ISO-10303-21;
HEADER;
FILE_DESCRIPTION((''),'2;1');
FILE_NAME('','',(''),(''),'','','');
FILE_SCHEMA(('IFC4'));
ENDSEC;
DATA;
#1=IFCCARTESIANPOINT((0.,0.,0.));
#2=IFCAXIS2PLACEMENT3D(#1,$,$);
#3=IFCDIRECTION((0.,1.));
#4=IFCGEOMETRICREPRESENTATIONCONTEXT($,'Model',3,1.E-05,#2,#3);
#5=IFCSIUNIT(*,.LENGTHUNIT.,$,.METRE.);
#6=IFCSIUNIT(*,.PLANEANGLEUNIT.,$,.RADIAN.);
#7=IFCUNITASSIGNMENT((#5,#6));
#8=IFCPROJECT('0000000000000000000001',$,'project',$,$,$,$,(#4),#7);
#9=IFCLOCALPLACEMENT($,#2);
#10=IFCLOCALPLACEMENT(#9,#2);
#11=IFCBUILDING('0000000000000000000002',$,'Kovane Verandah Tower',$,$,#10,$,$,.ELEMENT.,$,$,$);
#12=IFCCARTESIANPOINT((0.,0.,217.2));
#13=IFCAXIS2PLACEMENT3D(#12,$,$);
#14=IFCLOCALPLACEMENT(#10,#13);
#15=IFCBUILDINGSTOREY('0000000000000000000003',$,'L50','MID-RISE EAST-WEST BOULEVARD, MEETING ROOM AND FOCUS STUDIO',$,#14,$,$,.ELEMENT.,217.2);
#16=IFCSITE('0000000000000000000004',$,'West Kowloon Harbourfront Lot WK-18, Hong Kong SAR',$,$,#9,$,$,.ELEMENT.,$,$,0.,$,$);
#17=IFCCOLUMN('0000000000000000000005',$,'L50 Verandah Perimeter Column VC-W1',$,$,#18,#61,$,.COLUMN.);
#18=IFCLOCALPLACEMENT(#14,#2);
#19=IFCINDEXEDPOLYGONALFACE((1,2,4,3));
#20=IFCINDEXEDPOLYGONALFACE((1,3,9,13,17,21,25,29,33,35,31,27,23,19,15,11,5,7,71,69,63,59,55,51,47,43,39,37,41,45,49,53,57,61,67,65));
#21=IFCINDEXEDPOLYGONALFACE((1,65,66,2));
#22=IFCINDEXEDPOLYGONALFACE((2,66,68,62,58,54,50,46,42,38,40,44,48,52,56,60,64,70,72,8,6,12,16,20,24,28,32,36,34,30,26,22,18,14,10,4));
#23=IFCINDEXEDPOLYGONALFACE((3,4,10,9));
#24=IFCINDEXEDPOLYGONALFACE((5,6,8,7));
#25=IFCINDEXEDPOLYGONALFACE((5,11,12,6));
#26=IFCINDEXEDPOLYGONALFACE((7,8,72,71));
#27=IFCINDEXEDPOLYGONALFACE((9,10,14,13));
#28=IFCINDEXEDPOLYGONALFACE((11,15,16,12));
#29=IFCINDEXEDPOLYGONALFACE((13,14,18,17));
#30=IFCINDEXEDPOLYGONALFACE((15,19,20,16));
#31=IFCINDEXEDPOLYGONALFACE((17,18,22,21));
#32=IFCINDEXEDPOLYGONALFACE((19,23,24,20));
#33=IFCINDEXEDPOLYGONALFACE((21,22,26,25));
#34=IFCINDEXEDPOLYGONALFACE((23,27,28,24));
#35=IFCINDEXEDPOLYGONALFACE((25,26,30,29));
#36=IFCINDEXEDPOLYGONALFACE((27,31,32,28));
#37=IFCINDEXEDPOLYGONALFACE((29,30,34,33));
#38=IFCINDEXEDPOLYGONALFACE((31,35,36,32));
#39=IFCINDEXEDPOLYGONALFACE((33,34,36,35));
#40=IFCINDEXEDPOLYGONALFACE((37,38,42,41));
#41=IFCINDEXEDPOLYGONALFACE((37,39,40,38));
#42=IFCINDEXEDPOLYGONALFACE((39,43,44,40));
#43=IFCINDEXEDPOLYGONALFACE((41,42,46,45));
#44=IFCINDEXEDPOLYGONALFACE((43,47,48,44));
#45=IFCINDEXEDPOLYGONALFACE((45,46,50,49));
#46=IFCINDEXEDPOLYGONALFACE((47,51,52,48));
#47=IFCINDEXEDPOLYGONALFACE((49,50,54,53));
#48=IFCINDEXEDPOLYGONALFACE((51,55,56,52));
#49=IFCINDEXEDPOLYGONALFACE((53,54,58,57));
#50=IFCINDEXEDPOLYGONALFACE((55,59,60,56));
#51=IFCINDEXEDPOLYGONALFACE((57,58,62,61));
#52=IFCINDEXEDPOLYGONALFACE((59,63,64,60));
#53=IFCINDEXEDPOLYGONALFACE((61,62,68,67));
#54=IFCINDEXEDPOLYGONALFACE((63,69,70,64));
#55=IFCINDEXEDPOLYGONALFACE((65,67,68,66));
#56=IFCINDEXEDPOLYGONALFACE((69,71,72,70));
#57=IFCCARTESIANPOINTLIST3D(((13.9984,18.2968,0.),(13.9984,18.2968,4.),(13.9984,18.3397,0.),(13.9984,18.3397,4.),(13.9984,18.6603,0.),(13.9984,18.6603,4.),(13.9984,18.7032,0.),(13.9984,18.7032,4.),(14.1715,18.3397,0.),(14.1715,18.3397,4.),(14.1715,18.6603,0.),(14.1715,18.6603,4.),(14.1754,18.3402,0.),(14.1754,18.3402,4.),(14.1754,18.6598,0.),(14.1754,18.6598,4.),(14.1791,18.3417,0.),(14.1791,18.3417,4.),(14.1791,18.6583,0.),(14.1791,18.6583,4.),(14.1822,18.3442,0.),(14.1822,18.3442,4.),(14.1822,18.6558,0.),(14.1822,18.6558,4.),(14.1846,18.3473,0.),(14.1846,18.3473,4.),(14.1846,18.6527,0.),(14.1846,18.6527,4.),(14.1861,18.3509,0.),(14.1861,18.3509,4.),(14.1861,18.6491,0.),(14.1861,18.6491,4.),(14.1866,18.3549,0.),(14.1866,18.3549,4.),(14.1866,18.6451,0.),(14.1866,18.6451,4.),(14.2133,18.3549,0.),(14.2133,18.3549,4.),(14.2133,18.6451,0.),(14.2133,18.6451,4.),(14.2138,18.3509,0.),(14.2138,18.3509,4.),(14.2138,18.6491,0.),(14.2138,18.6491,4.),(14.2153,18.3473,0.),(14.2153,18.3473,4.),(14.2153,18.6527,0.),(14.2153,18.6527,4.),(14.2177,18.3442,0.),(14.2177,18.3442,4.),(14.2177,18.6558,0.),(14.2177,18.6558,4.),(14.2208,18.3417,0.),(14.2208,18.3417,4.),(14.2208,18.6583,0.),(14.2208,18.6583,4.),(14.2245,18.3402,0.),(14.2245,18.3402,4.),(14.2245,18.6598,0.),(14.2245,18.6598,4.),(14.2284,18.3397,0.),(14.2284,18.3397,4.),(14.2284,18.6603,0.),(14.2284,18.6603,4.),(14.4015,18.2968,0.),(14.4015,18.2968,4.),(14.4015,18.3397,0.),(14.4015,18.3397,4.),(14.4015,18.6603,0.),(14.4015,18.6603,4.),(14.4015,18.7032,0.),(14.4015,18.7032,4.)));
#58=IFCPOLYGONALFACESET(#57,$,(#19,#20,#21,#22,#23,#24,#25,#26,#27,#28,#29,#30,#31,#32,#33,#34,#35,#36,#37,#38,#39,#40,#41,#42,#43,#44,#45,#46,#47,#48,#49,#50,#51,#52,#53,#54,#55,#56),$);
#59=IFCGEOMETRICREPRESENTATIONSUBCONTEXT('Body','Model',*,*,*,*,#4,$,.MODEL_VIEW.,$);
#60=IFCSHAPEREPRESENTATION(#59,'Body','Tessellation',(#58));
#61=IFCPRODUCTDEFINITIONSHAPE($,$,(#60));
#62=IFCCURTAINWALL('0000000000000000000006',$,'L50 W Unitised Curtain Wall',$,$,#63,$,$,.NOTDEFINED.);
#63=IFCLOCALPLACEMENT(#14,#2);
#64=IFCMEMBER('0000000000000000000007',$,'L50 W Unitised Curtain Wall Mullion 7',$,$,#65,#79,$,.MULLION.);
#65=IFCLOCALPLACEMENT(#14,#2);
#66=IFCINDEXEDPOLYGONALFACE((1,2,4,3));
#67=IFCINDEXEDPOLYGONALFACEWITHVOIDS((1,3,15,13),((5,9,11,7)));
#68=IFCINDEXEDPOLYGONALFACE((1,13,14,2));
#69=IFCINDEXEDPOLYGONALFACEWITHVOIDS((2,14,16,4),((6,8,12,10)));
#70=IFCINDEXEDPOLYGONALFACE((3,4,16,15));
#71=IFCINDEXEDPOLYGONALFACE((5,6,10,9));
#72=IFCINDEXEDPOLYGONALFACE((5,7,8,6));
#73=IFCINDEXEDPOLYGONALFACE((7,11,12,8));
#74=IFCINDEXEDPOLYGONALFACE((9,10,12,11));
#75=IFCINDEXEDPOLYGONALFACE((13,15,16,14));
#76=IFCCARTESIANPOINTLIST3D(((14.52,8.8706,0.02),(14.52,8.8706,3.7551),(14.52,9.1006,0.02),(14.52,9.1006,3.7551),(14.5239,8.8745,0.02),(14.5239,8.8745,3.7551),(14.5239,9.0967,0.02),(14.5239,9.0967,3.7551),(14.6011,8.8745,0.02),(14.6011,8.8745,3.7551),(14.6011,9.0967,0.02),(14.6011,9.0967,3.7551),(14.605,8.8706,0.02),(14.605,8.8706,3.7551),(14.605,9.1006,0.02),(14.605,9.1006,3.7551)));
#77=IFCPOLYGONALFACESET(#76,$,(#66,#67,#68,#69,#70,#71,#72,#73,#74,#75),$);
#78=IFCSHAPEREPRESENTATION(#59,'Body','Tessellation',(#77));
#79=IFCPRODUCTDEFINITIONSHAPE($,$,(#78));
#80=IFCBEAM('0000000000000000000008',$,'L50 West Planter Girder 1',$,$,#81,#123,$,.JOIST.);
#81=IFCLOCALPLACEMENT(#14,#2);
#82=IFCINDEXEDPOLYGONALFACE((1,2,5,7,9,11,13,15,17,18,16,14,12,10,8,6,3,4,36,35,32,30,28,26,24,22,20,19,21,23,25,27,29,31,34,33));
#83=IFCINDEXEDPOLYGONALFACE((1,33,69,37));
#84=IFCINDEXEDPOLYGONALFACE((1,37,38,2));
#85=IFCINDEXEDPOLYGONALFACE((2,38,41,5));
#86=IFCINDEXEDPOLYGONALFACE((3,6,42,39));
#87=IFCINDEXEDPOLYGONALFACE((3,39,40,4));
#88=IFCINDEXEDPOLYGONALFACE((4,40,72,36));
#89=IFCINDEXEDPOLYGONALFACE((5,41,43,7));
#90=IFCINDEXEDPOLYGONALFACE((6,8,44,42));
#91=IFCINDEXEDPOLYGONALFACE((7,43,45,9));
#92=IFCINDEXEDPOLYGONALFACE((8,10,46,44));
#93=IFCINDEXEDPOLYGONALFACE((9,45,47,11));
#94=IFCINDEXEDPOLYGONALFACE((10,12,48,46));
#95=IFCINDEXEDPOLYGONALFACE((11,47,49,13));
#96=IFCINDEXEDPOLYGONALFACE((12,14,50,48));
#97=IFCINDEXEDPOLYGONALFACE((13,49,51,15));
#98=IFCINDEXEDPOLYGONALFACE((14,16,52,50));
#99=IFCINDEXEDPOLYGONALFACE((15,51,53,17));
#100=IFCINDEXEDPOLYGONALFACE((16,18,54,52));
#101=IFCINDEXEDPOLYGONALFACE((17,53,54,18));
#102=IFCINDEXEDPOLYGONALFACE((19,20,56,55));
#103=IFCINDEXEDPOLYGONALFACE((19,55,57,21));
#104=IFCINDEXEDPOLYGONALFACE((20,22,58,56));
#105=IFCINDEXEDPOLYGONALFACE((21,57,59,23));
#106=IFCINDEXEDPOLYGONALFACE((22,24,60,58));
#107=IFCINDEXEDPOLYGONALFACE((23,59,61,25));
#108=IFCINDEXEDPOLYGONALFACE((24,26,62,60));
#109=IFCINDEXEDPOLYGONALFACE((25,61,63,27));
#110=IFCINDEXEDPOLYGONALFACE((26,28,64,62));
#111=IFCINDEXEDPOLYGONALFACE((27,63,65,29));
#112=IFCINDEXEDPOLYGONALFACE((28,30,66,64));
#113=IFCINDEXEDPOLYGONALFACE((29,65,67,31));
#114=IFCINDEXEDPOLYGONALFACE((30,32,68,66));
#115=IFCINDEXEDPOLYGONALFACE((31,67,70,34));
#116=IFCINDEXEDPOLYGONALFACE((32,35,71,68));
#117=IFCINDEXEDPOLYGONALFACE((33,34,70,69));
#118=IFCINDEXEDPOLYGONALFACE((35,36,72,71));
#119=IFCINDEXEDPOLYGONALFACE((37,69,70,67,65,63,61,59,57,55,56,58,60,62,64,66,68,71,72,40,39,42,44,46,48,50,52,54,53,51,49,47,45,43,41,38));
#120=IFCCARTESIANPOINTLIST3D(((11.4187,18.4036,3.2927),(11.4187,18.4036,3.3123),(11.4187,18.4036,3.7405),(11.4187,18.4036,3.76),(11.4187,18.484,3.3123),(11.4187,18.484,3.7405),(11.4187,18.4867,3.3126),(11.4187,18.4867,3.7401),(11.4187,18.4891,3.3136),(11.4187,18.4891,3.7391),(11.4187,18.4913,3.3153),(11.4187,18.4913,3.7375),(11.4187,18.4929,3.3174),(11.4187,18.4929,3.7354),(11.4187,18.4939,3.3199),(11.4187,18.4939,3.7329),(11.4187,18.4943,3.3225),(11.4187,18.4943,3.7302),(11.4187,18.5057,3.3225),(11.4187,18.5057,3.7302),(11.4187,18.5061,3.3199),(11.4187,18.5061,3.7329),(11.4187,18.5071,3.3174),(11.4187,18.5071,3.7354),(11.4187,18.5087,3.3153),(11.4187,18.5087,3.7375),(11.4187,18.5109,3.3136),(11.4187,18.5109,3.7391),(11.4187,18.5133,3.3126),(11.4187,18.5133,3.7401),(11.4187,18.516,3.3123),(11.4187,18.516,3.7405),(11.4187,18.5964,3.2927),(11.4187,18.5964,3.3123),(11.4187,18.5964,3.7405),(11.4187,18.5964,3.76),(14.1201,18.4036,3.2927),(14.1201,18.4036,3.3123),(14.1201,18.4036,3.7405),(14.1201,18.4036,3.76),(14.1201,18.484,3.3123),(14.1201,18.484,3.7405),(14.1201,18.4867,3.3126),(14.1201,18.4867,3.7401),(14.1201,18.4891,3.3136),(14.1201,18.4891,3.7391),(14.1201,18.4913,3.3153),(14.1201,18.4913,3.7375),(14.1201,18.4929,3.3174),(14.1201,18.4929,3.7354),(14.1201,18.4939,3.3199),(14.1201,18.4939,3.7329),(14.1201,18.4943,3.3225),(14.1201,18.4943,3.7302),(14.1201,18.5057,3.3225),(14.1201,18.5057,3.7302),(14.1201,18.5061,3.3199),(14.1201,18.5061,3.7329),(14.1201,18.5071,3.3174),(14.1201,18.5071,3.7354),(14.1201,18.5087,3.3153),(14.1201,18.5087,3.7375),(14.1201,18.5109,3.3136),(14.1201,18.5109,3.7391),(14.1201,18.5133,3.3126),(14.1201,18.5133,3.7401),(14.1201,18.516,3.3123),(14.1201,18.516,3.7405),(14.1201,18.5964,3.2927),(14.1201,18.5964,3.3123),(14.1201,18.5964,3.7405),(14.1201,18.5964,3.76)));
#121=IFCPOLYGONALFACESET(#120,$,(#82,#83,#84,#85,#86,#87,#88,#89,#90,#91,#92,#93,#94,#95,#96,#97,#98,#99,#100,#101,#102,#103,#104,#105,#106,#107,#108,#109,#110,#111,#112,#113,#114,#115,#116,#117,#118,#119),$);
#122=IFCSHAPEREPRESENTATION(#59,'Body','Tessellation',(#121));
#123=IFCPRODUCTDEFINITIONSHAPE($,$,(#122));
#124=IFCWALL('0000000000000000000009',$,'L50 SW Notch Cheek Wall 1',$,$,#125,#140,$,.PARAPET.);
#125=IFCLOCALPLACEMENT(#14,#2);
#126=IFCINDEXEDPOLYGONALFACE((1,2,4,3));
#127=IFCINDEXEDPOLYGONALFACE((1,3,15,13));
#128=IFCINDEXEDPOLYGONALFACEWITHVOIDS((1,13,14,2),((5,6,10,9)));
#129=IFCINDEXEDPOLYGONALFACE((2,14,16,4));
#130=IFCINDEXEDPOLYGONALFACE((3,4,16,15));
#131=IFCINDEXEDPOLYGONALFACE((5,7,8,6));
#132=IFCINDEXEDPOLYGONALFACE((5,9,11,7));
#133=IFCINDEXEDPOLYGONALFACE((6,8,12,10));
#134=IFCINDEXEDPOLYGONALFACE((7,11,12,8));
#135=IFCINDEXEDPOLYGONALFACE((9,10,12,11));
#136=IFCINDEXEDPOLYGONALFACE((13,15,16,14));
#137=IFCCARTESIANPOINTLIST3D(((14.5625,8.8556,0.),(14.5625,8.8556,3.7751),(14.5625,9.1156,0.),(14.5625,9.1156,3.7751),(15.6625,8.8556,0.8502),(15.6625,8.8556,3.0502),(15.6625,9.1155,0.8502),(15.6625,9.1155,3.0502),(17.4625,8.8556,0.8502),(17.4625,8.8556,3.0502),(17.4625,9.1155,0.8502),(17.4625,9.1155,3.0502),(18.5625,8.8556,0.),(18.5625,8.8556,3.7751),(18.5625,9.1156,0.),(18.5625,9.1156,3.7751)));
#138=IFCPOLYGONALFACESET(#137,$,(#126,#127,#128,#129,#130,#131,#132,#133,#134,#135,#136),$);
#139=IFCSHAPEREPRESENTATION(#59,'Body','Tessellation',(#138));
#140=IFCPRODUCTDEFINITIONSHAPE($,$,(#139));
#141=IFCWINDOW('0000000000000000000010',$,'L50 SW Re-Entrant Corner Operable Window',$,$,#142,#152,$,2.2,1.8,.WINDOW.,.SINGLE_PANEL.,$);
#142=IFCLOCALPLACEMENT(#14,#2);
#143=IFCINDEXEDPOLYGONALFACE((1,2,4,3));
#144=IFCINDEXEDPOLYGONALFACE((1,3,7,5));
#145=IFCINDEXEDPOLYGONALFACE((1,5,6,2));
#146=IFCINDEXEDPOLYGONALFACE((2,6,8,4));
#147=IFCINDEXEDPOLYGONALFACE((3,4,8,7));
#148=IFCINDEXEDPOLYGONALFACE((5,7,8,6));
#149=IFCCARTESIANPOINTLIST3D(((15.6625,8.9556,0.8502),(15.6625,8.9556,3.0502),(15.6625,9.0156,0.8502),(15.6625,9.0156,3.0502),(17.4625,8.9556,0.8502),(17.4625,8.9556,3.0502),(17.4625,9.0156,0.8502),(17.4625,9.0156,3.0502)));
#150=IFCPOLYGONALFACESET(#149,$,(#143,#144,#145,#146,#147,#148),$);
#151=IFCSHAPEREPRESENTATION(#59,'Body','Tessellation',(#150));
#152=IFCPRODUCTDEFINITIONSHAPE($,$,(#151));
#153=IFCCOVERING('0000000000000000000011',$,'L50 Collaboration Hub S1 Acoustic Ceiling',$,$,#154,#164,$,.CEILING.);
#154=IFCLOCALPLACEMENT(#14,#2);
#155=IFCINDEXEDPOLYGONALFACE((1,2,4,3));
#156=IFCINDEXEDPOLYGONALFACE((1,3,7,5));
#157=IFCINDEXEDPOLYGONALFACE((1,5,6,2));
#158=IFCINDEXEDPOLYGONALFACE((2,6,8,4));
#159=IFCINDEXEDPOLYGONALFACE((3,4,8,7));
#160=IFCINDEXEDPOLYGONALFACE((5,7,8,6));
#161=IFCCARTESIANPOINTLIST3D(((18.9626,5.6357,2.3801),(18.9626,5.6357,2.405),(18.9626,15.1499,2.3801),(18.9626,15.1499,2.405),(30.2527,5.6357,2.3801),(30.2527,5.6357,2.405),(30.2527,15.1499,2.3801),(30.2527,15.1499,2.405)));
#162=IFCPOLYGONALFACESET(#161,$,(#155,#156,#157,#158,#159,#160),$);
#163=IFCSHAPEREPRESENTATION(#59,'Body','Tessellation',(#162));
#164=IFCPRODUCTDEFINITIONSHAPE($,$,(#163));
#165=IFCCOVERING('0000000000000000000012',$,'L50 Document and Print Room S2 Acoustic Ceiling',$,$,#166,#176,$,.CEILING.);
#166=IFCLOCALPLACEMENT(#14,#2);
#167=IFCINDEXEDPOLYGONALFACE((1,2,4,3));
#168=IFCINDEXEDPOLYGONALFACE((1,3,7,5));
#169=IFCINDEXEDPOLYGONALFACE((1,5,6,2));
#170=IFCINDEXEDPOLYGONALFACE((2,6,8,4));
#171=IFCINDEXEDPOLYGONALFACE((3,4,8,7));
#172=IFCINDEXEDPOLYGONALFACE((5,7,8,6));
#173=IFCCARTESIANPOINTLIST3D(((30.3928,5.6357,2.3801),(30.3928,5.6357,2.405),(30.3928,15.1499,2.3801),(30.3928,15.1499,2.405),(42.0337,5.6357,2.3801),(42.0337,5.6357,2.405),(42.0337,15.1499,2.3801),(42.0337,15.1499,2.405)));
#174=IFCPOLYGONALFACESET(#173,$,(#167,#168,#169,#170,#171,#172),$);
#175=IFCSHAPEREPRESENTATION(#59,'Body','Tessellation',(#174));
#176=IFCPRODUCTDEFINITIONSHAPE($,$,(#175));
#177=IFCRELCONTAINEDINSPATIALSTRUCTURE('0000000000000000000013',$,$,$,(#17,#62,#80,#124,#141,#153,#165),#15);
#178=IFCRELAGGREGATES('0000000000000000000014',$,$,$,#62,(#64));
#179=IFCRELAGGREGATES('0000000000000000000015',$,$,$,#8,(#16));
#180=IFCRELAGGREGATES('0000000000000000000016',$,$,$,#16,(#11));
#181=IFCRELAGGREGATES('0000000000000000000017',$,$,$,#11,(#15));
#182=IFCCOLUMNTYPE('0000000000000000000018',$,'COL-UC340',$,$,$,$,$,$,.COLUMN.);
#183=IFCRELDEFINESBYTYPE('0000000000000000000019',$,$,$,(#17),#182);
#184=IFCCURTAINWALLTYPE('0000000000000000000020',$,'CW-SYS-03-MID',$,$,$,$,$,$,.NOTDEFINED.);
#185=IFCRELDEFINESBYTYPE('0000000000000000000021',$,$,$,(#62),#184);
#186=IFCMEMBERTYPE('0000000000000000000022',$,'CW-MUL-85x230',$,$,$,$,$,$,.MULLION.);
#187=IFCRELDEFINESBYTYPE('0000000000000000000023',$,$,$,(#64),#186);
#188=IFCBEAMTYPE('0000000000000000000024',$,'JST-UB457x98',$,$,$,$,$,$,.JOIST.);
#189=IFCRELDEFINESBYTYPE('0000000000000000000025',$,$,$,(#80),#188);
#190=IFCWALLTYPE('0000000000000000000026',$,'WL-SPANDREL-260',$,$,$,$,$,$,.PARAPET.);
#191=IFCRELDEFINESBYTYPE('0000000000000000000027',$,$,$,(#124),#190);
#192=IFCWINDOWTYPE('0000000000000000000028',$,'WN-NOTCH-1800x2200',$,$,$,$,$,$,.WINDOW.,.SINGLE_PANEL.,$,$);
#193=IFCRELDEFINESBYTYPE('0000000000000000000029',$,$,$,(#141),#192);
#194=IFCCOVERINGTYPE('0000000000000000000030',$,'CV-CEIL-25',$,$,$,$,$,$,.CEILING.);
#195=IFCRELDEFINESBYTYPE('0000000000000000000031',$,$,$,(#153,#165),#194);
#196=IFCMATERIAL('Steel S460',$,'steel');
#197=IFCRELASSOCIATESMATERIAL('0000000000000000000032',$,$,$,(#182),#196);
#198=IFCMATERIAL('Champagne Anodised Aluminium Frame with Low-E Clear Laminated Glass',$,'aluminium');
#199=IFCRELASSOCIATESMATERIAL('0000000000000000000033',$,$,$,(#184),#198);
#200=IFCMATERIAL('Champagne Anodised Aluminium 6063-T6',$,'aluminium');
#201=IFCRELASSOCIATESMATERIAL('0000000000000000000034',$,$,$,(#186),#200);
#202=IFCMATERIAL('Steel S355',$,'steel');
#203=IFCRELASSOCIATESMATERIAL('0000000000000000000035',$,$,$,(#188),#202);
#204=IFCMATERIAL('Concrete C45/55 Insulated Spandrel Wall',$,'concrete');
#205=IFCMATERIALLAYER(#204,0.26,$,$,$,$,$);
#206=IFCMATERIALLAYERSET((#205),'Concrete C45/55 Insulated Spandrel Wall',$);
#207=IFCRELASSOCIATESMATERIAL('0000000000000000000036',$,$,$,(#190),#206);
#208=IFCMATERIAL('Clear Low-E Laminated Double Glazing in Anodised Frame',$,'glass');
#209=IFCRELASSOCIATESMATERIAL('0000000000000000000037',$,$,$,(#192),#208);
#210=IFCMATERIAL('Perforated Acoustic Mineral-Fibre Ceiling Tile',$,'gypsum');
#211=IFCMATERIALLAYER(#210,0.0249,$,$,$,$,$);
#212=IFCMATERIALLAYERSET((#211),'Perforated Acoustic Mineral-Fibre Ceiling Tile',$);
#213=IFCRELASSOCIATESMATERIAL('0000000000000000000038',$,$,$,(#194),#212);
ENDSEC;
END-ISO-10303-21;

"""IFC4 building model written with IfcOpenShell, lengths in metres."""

from ifc_helpers import new_model, si_unit, direction, frame, frame_2d, origin, origin_2d, place, context, subcontext, project, spatial, polyline, rectangle, hollow_rectangle, i_section, outline, extrude, material, layer, layer_set, material_profile, profile_set, type_object, element, fill, aggregate, save


model = new_model("IFC4")

# Units and contexts
model_context = context("Model", 3, precision=1e-05, world=origin(), true_north=direction((0.0, 1.0)))
body_context = subcontext(model_context, "Body", "Model", "MODEL_VIEW")
ifc_project = project(units=[si_unit("LENGTHUNIT", "METRE"), si_unit("PLANEANGLEUNIT", "RADIAN")], contexts=[model_context])

# Site, building, storey
site_placement = place(None, origin())
site = spatial("IfcSite", under=ifc_project, at=site_placement, Name="West Kowloon Harbourfront Lot WK-18, Hong Kong SAR", CompositionType="ELEMENT", RefElevation=0.0)
building_placement = place(site_placement, origin())
building = spatial("IfcBuilding", under=site, at=building_placement, Name="Kovane Verandah Tower", CompositionType="ELEMENT")
storey_placement = place(building_placement, frame((0.0, 0.0, 217.2)))
storey = spatial("IfcBuildingStorey", under=building, at=storey_placement, Name="L50", Description="MID-RISE EAST-WEST BOULEVARD, MEETING ROOM AND FOCUS STUDIO", CompositionType="ELEMENT", Elevation=217.2)

# Column
ifc_material_1 = material(Name="Steel S460", Category="steel")
ifc_material_profile_1 = material_profile(ifc_material_1, i_section(OverallWidth=0.4031, OverallDepth=0.4065, WebThickness=0.0266, FlangeThickness=0.043, FilletRadius=0.0151, at=origin_2d()), Name="UC356x406x340")
ifc_profile_set_1 = profile_set([ifc_material_profile_1], Name="Steel S460")
column_type = type_object("IfcColumnType", Name="COL-UC340", PredefinedType="COLUMN", material=ifc_profile_set_1)
column_placement = place(storey_placement, frame((14.2, 18.5, 0.0), z_axis=(0.0, 0.0, 1.0), x_axis=(1.0, 0.0, 0.0)))
element("IfcColumn", 1, at=column_placement, inside=storey, type_object=column_type, Name="L50 Verandah Perimeter Column VC-W1", PredefinedType="COLUMN", context=body_context, shape_type="SweptSolid", body=[
    extrude(i_section(OverallWidth=0.4031, OverallDepth=0.4065, WebThickness=0.0266, FlangeThickness=0.043, FilletRadius=0.0151, at=origin_2d()), origin(), (0.0, 0.0, 1.0), 4.0),
])

# Curtain wall, member
ifc_material_2 = material(Name="Champagne Anodised Aluminium Frame with Low-E Clear Laminated Glass", Category="aluminium")
curtain_wall_type = type_object("IfcCurtainWallType", Name="CW-SYS-03-MID", PredefinedType="NOTDEFINED", material=ifc_material_2)
curtain_wall_placement = place(storey_placement, origin())
curtain_wall = element("IfcCurtainWall", 2, at=curtain_wall_placement, inside=storey, type_object=curtain_wall_type, Name="L50 W Unitised Curtain Wall", PredefinedType="NOTDEFINED")
ifc_material_3 = material(Name="Champagne Anodised Aluminium 6063-T6", Category="aluminium")
ifc_material_profile_2 = material_profile(ifc_material_3, hollow_rectangle(XDim=0.085, YDim=0.23, WallThickness=0.0039, at=origin_2d()), Name="AL85x230x4")
ifc_profile_set_2 = profile_set([ifc_material_profile_2], Name="Champagne Anodised Aluminium 6063-T6")
member_type = type_object("IfcMemberType", Name="CW-MUL-85x230", PredefinedType="MULLION", material=ifc_profile_set_2)
member_placement = place(storey_placement, frame((14.5625, 8.9856, 0.02), z_axis=(0.0, 0.0, 1.0), x_axis=(-1.0, 0.0, 0.0)))
member = element("IfcMember", 3, at=member_placement, type_object=member_type, Name="L50 W Unitised Curtain Wall Mullion 7", PredefinedType="MULLION", context=body_context, shape_type="SweptSolid", body=[
    extrude(hollow_rectangle(XDim=0.085, YDim=0.23, WallThickness=0.0039, at=origin_2d()), origin(), (0.0, 0.0, 1.0), 3.7351),
])
aggregate(curtain_wall, [member])

# Beam
ifc_material_4 = material(Name="Steel S355", Category="steel")
ifc_material_profile_3 = material_profile(ifc_material_4, i_section(OverallWidth=0.1929, OverallDepth=0.4673, WebThickness=0.0115, FlangeThickness=0.0195, FilletRadius=0.0103, at=origin_2d()), Name="UB457x191x98")
ifc_profile_set_3 = profile_set([ifc_material_profile_3], Name="Steel S355")
beam_type = type_object("IfcBeamType", Name="JST-UB457x98", PredefinedType="JOIST", material=ifc_profile_set_3)
beam_placement = place(storey_placement, frame((14.1201, 18.5, 3.5264), z_axis=(-1.0, 0.0, 0.0), x_axis=(0.0, -1.0, 0.0)))
element("IfcBeam", 4, at=beam_placement, inside=storey, type_object=beam_type, Name="L50 West Planter Girder 1", PredefinedType="JOIST", context=body_context, shape_type="SweptSolid", body=[
    extrude(i_section(OverallWidth=0.1929, OverallDepth=0.4673, WebThickness=0.0115, FlangeThickness=0.0195, FilletRadius=0.0103, at=origin_2d()), origin(), (0.0, 0.0, 1.0), 2.7014),
])

# Wall, opening, window
ifc_material_5 = material(Name="Concrete C45/55 Insulated Spandrel Wall", Category="concrete")
ifc_layer_1 = layer(ifc_material_5, 0.26)
ifc_layer_set_1 = layer_set([ifc_layer_1], Name="Concrete C45/55 Insulated Spandrel Wall")
wall_type = type_object("IfcWallType", Name="WL-SPANDREL-260", PredefinedType="PARAPET", material=ifc_layer_set_1)
wall_placement = place(storey_placement, frame((14.5625, 8.9856, 0.0), z_axis=(0.0, 0.0, 1.0), x_axis=(1.0, 0.0, 0.0)))
wall = element("IfcWall", 5, at=wall_placement, inside=storey, type_object=wall_type, Name="L50 SW Notch Cheek Wall 1", PredefinedType="PARAPET", context=body_context, shape_type="SweptSolid", body=[
    extrude(rectangle(XDim=4.0, YDim=0.26, at=frame_2d((2.0, 0.0))), origin(), (0.0, 0.0, 1.0), 3.7751),
])
opening_placement = place(wall_placement, frame((1.1001, 0.0, 0.8501)))
opening = element("IfcOpeningElement", 6, at=opening_placement, cuts=wall, PredefinedType="OPENING", context=body_context, shape_type="SweptSolid", body=[
    extrude(rectangle(XDim=1.8, YDim=2.2, at=frame_2d((0.8999, 1.1001))), frame((0.0, 0.1299, 0.0), z_axis=(0.0, -1.0, 0.0), x_axis=(1.0, 0.0, 0.0)), (0.0, 0.0, 1.0), 0.26),
])
ifc_material_6 = material(Name="Clear Low-E Laminated Double Glazing in Anodised Frame", Category="glass")
window_type = type_object("IfcWindowType", Name="WN-NOTCH-1800x2200", PartitioningType="SINGLE_PANEL", PredefinedType="WINDOW", material=ifc_material_6)
window_placement = place(opening_placement, origin())
window = element("IfcWindow", 7, at=window_placement, inside=storey, type_object=window_type, Name="L50 SW Re-Entrant Corner Operable Window", OverallHeight=2.2, OverallWidth=1.8, PartitioningType="SINGLE_PANEL", PredefinedType="WINDOW", context=body_context, shape_type="SweptSolid", body=[
    extrude(rectangle(XDim=1.8, YDim=2.2, at=frame_2d((0.8999, 1.1001))), frame((0.0, 0.03, 0.0), z_axis=(0.0, -1.0, 0.0), x_axis=(1.0, 0.0, 0.0)), (0.0, 0.0, 1.0), 0.0601),
])
fill(opening, window)

# Coverings
ifc_material_7 = material(Name="Perforated Acoustic Mineral-Fibre Ceiling Tile", Category="gypsum")
ifc_layer_2 = layer(ifc_material_7, 0.0249)
ifc_layer_set_2 = layer_set([ifc_layer_2], Name="Perforated Acoustic Mineral-Fibre Ceiling Tile")
covering_type_1 = type_object("IfcCoveringType", Name="CV-CEIL-25", PredefinedType="CEILING", material=ifc_layer_set_2)
covering_1_placement = place(storey_placement, frame((0.0, 0.0, 2.3801)))
element("IfcCovering", 8, at=covering_1_placement, inside=storey, type_object=covering_type_1, Name="L50 Collaboration Hub S1 Acoustic Ceiling", PredefinedType="CEILING", context=body_context, shape_type="SweptSolid", body=[
    extrude(outline(polyline([(18.9626, 5.6357), (30.2527, 5.6357), (30.2527, 15.1499), (18.9626, 15.1499), (18.9626, 5.6357)])), origin(), (0.0, 0.0, 1.0), 0.0249),
])
covering_2_placement = place(storey_placement, frame((0.0, 0.0, 2.3801)))
element("IfcCovering", 9, at=covering_2_placement, inside=storey, type_object=covering_type_1, Name="L50 Document and Print Room S2 Acoustic Ceiling", PredefinedType="CEILING", context=body_context, shape_type="SweptSolid", body=[
    extrude(outline(polyline([(30.3928, 5.6357), (42.0337, 5.6357), (42.0337, 15.1499), (30.3928, 15.1499), (30.3928, 5.6357)])), origin(), (0.0, 0.0, 1.0), 0.0249),
])

save(model, "model.ifc")
